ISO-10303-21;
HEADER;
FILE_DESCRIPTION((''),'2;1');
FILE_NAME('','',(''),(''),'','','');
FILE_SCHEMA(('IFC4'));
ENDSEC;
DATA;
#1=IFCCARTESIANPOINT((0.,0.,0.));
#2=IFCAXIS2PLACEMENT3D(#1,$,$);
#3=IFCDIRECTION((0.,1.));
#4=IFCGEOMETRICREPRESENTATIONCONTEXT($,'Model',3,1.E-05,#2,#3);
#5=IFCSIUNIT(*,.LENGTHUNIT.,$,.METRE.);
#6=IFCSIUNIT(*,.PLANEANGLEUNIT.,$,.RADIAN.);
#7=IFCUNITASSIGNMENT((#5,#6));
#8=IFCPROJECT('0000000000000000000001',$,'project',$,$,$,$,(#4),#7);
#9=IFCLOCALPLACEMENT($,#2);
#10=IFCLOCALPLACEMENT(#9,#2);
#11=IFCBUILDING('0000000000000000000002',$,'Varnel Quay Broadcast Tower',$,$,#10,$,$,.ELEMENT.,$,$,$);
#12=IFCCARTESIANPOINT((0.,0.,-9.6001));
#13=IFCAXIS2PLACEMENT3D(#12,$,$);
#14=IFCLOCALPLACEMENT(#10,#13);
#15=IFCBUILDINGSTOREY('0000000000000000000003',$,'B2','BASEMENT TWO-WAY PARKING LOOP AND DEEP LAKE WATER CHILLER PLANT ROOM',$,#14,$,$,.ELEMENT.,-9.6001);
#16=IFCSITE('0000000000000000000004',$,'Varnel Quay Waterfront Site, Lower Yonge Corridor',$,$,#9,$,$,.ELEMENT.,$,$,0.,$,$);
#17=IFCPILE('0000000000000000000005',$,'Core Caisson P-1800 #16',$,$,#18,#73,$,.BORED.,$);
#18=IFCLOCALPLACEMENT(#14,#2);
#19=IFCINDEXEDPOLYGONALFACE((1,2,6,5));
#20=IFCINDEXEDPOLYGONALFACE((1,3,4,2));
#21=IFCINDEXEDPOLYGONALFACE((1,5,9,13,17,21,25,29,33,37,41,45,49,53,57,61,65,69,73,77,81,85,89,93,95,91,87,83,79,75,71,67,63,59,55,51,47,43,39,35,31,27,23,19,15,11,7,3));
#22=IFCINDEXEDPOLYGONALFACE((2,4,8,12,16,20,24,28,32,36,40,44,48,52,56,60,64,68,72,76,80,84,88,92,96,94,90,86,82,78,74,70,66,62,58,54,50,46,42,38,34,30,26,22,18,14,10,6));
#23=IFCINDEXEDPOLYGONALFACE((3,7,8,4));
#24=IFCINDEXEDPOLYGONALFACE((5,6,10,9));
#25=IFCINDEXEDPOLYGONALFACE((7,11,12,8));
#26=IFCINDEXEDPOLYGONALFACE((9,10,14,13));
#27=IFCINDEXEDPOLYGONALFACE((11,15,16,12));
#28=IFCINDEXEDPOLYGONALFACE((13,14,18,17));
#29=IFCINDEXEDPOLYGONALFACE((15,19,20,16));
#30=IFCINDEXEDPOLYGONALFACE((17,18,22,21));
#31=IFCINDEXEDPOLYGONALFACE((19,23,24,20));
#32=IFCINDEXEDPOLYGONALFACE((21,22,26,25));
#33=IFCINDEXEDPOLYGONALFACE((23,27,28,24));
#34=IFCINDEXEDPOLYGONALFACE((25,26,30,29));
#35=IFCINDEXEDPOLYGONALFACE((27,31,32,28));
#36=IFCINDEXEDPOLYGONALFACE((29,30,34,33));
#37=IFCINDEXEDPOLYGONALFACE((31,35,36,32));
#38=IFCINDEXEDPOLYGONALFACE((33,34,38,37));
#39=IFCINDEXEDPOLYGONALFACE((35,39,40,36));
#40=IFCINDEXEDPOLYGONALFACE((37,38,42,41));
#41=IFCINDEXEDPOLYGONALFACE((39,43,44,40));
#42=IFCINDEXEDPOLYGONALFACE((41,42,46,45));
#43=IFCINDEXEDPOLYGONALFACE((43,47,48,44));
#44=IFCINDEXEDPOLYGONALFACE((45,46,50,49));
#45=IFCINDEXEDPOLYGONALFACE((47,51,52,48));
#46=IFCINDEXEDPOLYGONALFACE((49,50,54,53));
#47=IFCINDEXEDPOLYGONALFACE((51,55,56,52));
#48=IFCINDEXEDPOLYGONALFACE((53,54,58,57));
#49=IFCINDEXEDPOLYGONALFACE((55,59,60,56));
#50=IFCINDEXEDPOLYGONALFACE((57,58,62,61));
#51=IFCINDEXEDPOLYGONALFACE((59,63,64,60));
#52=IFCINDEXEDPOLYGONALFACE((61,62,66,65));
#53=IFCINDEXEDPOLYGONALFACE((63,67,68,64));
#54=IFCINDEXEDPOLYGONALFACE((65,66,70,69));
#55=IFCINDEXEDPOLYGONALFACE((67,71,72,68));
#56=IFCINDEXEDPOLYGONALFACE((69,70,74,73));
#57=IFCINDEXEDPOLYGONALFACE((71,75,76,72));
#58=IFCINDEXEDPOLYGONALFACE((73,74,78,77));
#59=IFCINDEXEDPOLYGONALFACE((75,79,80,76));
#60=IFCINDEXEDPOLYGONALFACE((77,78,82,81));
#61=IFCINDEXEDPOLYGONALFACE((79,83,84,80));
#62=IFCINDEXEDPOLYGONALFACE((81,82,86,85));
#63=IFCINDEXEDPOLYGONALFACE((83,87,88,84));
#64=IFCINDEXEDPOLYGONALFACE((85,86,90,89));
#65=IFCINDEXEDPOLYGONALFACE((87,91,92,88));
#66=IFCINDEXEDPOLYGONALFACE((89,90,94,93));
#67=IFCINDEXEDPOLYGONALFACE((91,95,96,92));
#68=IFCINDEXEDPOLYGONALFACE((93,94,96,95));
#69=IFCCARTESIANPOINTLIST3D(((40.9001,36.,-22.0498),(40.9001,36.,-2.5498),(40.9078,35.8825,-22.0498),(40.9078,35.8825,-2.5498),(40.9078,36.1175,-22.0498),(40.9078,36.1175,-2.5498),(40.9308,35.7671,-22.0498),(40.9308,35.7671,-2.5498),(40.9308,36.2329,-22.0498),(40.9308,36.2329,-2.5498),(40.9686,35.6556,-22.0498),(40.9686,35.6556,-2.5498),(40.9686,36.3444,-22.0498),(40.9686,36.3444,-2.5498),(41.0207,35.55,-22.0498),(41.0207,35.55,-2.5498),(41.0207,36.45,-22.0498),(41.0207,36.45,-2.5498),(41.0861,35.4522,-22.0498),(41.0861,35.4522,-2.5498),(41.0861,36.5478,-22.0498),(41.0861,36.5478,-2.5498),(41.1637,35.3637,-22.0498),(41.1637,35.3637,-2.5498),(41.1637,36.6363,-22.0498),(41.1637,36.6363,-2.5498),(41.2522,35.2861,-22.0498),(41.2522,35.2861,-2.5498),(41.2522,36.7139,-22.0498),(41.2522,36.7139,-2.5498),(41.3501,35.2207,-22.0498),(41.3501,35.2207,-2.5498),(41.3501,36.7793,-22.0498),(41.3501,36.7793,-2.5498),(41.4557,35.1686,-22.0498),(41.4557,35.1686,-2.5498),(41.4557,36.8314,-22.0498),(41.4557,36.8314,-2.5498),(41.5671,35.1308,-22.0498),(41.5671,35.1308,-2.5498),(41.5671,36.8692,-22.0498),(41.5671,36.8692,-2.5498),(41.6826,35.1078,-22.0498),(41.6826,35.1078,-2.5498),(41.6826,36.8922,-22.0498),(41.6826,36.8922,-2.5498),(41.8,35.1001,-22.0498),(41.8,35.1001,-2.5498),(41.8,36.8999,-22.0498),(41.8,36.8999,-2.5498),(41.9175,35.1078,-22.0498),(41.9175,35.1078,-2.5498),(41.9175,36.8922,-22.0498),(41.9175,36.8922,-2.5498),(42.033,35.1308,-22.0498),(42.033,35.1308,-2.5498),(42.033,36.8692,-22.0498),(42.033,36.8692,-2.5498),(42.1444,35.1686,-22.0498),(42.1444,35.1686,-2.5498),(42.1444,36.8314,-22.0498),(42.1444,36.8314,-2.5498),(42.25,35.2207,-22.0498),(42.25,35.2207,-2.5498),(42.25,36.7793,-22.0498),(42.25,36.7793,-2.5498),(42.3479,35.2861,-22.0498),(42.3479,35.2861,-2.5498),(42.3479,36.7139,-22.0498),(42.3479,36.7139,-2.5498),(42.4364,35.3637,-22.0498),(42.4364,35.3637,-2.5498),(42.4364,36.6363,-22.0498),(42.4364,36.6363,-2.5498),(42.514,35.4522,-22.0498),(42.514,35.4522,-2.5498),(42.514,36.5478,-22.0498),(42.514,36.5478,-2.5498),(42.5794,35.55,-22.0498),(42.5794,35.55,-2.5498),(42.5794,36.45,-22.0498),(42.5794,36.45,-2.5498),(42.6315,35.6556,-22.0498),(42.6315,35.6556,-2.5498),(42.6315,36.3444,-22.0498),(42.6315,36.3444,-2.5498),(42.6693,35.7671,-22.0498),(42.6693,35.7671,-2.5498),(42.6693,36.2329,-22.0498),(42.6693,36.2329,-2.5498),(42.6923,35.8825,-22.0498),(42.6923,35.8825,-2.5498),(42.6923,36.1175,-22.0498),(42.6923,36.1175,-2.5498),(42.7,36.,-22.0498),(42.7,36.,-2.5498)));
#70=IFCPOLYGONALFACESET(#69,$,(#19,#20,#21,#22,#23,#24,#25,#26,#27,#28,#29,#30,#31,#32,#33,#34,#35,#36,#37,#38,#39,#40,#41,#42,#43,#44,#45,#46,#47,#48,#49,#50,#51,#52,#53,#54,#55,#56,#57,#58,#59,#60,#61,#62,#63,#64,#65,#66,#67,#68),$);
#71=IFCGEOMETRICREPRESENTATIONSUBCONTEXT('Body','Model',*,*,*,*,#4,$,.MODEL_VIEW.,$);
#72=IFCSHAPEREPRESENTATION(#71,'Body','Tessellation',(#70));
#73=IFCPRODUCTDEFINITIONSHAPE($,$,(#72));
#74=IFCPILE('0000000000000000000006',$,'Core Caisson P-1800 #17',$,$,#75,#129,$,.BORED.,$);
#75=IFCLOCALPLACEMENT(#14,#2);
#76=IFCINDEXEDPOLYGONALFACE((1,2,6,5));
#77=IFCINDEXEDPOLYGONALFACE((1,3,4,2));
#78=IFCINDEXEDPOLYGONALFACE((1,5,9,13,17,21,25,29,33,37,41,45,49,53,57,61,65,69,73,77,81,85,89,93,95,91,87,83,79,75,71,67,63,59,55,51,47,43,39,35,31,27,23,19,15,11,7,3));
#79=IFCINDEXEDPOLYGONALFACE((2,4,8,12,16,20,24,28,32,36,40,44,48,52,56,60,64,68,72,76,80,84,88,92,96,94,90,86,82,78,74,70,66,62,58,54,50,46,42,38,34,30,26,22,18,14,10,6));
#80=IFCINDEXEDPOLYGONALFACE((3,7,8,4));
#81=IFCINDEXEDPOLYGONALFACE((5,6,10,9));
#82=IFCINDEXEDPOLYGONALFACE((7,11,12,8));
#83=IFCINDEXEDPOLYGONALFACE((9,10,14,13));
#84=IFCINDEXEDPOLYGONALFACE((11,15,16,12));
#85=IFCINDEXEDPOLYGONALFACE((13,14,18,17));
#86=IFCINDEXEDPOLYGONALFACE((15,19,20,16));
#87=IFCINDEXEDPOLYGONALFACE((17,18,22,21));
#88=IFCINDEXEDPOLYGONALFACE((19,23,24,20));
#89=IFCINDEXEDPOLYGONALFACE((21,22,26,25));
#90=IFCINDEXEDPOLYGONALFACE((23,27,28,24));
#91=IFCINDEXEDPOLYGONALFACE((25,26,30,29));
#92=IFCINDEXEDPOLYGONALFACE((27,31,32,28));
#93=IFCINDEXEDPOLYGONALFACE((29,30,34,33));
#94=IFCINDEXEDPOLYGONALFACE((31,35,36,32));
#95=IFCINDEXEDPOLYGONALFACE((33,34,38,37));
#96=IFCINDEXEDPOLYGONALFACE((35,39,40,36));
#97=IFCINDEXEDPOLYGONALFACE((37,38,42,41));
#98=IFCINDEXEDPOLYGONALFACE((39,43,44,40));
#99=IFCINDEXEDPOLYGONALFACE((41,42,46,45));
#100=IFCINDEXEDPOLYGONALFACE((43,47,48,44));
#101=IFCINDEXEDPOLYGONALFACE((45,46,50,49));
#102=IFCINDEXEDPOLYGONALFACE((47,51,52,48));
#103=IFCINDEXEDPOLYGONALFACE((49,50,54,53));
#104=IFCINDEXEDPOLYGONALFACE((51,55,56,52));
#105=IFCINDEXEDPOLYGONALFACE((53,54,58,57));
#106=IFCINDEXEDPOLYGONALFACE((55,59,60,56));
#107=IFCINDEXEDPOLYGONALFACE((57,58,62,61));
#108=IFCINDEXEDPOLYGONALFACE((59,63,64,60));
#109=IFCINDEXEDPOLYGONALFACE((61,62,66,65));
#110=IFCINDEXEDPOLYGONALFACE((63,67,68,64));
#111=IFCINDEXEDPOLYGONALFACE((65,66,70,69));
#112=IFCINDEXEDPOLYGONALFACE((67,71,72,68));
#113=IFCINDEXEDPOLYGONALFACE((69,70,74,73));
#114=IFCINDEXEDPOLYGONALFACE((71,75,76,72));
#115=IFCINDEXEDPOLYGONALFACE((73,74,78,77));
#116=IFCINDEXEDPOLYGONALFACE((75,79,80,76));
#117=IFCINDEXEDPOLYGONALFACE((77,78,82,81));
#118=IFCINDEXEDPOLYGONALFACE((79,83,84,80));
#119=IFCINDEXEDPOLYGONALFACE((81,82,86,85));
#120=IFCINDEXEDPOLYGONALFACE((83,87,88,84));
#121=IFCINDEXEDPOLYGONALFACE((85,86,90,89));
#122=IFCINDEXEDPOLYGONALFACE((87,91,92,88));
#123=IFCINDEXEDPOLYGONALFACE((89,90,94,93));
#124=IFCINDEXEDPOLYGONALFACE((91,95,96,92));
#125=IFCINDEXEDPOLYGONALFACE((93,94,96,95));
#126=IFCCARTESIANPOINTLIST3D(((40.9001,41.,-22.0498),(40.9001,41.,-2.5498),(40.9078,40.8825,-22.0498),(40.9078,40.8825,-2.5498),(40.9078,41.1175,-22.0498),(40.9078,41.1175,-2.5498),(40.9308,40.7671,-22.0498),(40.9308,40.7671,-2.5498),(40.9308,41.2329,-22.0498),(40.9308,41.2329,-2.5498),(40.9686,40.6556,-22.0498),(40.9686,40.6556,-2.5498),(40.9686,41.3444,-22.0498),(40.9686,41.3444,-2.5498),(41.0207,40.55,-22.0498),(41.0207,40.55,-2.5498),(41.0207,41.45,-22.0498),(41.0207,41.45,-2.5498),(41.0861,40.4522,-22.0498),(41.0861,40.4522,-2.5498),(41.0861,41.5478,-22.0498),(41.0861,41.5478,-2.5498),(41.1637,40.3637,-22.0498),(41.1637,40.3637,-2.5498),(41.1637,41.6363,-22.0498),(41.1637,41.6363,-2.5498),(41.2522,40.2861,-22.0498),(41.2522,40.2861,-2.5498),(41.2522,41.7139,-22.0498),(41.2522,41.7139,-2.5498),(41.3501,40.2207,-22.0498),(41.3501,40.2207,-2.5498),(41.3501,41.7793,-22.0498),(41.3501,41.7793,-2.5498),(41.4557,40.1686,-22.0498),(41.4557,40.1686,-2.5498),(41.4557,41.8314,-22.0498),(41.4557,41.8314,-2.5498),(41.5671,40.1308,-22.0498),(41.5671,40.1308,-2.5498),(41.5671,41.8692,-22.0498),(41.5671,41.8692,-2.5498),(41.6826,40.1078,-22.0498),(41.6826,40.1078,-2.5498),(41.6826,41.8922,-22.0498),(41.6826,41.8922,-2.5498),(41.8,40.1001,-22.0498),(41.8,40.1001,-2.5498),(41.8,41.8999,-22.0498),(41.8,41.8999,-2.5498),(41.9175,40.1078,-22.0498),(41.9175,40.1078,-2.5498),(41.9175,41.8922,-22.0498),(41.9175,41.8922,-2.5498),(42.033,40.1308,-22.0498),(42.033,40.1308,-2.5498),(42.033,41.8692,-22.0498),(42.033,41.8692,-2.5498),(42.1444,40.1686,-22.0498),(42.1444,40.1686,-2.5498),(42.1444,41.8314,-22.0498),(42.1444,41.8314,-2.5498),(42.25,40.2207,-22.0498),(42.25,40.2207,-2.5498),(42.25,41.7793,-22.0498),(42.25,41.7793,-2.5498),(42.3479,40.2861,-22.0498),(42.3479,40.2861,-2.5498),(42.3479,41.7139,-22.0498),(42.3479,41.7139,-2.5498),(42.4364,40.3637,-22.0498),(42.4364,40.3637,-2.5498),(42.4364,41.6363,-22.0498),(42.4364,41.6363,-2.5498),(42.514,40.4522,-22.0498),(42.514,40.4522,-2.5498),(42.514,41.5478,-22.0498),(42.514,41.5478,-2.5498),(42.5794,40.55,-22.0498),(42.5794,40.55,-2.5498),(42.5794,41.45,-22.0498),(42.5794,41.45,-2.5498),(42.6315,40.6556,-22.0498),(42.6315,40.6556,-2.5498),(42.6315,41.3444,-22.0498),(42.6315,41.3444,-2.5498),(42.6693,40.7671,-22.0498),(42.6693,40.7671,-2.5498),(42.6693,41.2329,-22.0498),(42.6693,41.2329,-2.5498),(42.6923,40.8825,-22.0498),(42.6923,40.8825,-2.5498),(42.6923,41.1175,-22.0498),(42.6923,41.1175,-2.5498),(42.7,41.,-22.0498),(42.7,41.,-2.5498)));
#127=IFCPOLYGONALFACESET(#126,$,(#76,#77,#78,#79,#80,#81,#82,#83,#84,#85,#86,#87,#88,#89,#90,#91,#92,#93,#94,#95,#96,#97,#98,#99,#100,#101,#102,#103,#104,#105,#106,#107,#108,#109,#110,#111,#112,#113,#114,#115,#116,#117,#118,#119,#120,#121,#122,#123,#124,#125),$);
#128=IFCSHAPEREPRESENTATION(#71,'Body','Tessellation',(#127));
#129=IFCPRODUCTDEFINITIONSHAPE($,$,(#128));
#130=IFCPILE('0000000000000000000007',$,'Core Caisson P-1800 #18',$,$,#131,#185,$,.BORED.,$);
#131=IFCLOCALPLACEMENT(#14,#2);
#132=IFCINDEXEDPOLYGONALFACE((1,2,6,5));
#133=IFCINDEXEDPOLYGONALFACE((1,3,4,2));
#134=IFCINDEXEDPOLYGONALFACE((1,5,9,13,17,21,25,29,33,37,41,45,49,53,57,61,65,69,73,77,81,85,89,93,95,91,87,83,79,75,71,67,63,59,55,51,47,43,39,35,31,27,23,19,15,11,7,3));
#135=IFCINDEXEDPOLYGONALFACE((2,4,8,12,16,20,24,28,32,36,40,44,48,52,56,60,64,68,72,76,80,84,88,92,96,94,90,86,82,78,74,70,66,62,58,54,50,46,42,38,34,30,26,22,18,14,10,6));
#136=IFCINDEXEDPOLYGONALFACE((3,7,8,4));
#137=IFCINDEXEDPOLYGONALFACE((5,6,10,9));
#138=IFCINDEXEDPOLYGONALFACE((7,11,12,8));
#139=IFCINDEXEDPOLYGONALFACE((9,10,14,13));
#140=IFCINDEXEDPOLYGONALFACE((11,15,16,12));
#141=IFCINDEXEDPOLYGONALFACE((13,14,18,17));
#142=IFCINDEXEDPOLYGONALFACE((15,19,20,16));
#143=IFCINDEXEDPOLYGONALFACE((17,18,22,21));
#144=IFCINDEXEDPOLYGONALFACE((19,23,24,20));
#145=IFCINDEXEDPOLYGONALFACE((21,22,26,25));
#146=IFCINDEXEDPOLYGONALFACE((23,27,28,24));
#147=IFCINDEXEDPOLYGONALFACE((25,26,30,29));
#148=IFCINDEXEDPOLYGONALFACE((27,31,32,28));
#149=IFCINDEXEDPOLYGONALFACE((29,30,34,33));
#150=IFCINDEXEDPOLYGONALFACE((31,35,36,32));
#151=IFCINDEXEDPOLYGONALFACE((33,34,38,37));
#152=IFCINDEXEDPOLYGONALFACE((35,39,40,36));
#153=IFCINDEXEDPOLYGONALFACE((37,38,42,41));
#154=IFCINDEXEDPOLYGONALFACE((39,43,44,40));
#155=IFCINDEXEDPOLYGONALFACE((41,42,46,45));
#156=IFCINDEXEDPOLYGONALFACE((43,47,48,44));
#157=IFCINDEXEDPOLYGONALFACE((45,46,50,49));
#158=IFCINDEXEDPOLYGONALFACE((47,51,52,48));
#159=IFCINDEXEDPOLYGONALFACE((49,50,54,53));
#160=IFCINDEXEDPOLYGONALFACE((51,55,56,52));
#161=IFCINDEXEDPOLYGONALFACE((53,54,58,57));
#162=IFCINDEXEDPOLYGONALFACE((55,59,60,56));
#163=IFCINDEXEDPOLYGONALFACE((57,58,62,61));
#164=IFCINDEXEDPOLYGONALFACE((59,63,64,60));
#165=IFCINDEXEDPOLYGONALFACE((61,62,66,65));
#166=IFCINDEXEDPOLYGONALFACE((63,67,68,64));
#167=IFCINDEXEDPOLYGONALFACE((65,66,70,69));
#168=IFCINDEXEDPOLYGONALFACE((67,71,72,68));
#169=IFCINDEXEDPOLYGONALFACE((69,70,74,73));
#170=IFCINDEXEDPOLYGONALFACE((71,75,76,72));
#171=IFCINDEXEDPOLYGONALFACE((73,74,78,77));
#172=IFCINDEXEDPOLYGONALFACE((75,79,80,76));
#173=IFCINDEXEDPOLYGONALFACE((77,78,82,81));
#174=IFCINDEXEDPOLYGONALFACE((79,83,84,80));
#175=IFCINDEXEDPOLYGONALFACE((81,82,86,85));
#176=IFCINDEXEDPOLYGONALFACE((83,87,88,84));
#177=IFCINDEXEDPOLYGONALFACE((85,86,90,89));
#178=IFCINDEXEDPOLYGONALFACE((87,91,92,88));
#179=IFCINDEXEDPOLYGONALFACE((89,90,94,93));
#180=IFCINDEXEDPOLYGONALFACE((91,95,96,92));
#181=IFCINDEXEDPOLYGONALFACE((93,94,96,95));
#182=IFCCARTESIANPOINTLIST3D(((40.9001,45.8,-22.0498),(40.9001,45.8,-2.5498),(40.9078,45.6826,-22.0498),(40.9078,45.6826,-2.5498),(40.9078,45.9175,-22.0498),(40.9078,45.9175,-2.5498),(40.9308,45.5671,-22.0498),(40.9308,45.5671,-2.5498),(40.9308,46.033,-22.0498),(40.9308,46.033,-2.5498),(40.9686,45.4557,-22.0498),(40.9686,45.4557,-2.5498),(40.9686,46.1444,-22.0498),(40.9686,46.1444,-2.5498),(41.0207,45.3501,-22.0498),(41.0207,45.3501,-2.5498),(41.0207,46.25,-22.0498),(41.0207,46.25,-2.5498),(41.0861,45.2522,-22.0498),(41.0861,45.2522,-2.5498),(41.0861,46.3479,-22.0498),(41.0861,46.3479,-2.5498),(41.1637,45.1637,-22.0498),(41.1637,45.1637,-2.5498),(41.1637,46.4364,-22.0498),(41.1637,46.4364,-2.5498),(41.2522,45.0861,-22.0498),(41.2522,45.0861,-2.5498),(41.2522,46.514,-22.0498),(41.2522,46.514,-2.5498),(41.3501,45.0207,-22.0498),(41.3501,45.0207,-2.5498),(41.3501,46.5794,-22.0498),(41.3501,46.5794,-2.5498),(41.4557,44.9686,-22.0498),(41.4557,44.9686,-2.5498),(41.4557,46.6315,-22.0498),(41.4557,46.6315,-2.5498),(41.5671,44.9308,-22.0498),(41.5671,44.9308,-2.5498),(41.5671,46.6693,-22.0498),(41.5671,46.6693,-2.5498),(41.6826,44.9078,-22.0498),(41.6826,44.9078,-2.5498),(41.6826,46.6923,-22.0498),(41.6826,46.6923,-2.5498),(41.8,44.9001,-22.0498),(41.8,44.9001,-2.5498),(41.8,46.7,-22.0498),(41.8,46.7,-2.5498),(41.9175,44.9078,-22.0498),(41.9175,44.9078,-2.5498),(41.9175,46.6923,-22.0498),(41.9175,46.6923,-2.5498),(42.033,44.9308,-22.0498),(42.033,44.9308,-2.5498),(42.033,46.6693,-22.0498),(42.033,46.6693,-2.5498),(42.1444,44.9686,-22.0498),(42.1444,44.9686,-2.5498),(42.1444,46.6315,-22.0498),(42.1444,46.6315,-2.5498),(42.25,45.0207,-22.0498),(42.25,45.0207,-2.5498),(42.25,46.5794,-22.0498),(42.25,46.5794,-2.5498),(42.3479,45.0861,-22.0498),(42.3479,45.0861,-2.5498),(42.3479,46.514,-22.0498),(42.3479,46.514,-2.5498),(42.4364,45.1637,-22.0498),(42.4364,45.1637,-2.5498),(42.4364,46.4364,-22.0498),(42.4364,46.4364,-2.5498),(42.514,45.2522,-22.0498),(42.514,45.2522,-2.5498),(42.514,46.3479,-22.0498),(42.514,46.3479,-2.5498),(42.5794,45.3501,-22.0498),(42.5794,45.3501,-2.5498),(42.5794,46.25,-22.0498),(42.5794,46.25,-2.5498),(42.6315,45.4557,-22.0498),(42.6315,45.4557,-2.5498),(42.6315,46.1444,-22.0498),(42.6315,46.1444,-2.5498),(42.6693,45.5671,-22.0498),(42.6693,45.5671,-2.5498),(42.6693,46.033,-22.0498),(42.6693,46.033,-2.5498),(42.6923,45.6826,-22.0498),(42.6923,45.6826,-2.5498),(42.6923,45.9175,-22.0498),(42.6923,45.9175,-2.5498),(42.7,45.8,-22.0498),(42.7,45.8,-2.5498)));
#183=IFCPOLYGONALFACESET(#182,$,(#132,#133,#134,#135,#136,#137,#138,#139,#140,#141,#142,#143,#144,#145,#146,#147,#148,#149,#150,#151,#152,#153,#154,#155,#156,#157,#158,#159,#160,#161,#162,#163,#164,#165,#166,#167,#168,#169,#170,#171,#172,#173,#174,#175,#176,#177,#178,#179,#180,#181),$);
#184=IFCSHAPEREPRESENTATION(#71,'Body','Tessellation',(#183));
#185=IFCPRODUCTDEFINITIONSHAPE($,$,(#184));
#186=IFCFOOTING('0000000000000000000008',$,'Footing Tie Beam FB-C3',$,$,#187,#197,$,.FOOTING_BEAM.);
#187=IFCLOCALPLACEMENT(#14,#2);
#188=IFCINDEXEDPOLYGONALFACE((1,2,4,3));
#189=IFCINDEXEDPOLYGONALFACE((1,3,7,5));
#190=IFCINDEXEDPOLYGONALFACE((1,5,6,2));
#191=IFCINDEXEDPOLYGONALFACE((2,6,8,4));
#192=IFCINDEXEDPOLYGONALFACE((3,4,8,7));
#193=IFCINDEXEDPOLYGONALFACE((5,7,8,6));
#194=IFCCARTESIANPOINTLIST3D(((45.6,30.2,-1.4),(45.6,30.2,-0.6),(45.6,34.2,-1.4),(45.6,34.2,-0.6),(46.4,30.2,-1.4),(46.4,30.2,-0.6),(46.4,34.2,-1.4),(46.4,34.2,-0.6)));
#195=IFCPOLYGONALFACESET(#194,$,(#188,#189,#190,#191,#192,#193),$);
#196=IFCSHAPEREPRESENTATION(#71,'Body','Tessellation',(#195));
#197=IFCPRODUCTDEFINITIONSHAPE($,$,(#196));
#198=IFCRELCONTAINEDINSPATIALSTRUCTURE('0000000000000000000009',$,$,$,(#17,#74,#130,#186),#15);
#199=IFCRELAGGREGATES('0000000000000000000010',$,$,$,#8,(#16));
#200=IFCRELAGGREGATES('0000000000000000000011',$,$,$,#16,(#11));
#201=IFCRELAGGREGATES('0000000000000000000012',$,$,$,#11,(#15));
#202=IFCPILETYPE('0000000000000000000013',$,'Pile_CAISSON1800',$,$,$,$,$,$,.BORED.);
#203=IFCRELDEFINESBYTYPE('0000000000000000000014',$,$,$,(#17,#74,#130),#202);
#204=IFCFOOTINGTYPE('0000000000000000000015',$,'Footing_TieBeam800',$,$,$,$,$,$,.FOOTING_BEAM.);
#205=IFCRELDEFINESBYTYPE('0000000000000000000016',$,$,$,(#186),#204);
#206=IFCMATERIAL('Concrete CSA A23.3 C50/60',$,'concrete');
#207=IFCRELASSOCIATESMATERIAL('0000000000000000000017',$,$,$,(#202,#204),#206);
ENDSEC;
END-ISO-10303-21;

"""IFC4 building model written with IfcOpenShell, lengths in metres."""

from ifc_helpers import new_model, si_unit, direction, frame, origin, origin_2d, place, context, subcontext, project, spatial, rectangle, circle, extrude, source, transform, mapped, material, material_profile, profile_set, type_object, type_shapes, element, save


model = new_model("IFC4")

# Units and contexts
model_context = context("Model", 3, precision=1e-05, world=origin(), true_north=direction((0.0, 1.0)))
body_context = subcontext(model_context, "Body", "Model", "MODEL_VIEW")
ifc_project = project(units=[si_unit("LENGTHUNIT", "METRE"), si_unit("PLANEANGLEUNIT", "RADIAN")], contexts=[model_context])

# Site, building, storey
site_placement = place(None, origin())
site = spatial("IfcSite", under=ifc_project, at=site_placement, Name="Varnel Quay Waterfront Site, Lower Yonge Corridor", CompositionType="ELEMENT", RefElevation=0.0)
building_placement = place(site_placement, origin())
building = spatial("IfcBuilding", under=site, at=building_placement, Name="Varnel Quay Broadcast Tower", CompositionType="ELEMENT")
storey_placement = place(building_placement, frame((0.0, 0.0, -9.6001)))
storey = spatial("IfcBuildingStorey", under=building, at=storey_placement, Name="B2", Description="BASEMENT TWO-WAY PARKING LOOP AND DEEP LAKE WATER CHILLER PLANT ROOM", CompositionType="ELEMENT", Elevation=-9.6001)

# Piles
ifc_material_1 = material(Name="Concrete CSA A23.3 C50/60", Category="concrete")
ifc_material_profile_1 = material_profile(ifc_material_1, circle(Radius=0.8999, at=origin_2d()), Name="CAISSON1800")
ifc_profile_set_1 = profile_set([ifc_material_profile_1], Name="Concrete CSA A23.3 C50/60")
pile_type = type_object("IfcPileType", Name="Pile_CAISSON1800", PredefinedType="BORED", material=ifc_profile_set_1)
shared_shape_1 = source(origin(), body_context, "Body", "SweptSolid", [
    extrude(circle(Radius=0.8999, at=origin_2d()), origin(), (0.0, 0.0, 1.0), 19.5),
])
type_shapes(pile_type, [shared_shape_1])
for number, where, z_axis, x_axis, name in (
    (1, (41.8, 36.0, -2.5498), (0.0, 0.0, -1.0), (1.0, 0.0, 0.0), "Core Caisson P-1800 #16"),
    (2, (41.8, 41.0, -2.5498), (0.0, 0.0, -1.0), (1.0, 0.0, 0.0), "Core Caisson P-1800 #17"),
    (3, (41.8, 45.8, -2.5498), (0.0, 0.0, -1.0), (1.0, 0.0, 0.0), "Core Caisson P-1800 #18"),
):
    element("IfcPile", number, at=place(storey_placement, frame(where, z_axis=z_axis, x_axis=x_axis)), inside=storey, type_object=pile_type, Name=name, PredefinedType="BORED", context=body_context, shape_type="MappedRepresentation", body=[
        mapped(shared_shape_1, transform((0.0, 0.0, 0.0), x_axis=(1.0, 0.0, 0.0), y_axis=(0.0, 1.0, 0.0), z_axis=(0.0, 0.0, 1.0), scale=1.0)),
    ])

# Footing
ifc_material_profile_2 = material_profile(ifc_material_1, rectangle(XDim=0.8, YDim=0.8, at=origin_2d()), Name="RC800X800")
ifc_profile_set_2 = profile_set([ifc_material_profile_2], Name="Concrete CSA A23.3 C50/60")
footing_type = type_object("IfcFootingType", Name="Footing_TieBeam800", PredefinedType="FOOTING_BEAM", material=ifc_profile_set_2)
shared_shape_2 = source(origin(), body_context, "Body", "SweptSolid", [
    extrude(rectangle(XDim=0.8, YDim=0.8, at=origin_2d()), origin(), (0.0, 0.0, 1.0), 4.0),
])
type_shapes(footing_type, [shared_shape_2])
footing_placement = place(storey_placement, frame((46.0, 30.2, -1.0), z_axis=(0.0, 1.0, 0.0), x_axis=(-1.0, 0.0, 0.0)))
element("IfcFooting", 4, at=footing_placement, inside=storey, type_object=footing_type, Name="Footing Tie Beam FB-C3", PredefinedType="FOOTING_BEAM", context=body_context, shape_type="MappedRepresentation", body=[
    mapped(shared_shape_2, transform((0.0, 0.0, 0.0), x_axis=(1.0, 0.0, 0.0), y_axis=(0.0, 1.0, 0.0), z_axis=(0.0, 0.0, 1.0), scale=1.0)),
])

save(model, "model.ifc")
